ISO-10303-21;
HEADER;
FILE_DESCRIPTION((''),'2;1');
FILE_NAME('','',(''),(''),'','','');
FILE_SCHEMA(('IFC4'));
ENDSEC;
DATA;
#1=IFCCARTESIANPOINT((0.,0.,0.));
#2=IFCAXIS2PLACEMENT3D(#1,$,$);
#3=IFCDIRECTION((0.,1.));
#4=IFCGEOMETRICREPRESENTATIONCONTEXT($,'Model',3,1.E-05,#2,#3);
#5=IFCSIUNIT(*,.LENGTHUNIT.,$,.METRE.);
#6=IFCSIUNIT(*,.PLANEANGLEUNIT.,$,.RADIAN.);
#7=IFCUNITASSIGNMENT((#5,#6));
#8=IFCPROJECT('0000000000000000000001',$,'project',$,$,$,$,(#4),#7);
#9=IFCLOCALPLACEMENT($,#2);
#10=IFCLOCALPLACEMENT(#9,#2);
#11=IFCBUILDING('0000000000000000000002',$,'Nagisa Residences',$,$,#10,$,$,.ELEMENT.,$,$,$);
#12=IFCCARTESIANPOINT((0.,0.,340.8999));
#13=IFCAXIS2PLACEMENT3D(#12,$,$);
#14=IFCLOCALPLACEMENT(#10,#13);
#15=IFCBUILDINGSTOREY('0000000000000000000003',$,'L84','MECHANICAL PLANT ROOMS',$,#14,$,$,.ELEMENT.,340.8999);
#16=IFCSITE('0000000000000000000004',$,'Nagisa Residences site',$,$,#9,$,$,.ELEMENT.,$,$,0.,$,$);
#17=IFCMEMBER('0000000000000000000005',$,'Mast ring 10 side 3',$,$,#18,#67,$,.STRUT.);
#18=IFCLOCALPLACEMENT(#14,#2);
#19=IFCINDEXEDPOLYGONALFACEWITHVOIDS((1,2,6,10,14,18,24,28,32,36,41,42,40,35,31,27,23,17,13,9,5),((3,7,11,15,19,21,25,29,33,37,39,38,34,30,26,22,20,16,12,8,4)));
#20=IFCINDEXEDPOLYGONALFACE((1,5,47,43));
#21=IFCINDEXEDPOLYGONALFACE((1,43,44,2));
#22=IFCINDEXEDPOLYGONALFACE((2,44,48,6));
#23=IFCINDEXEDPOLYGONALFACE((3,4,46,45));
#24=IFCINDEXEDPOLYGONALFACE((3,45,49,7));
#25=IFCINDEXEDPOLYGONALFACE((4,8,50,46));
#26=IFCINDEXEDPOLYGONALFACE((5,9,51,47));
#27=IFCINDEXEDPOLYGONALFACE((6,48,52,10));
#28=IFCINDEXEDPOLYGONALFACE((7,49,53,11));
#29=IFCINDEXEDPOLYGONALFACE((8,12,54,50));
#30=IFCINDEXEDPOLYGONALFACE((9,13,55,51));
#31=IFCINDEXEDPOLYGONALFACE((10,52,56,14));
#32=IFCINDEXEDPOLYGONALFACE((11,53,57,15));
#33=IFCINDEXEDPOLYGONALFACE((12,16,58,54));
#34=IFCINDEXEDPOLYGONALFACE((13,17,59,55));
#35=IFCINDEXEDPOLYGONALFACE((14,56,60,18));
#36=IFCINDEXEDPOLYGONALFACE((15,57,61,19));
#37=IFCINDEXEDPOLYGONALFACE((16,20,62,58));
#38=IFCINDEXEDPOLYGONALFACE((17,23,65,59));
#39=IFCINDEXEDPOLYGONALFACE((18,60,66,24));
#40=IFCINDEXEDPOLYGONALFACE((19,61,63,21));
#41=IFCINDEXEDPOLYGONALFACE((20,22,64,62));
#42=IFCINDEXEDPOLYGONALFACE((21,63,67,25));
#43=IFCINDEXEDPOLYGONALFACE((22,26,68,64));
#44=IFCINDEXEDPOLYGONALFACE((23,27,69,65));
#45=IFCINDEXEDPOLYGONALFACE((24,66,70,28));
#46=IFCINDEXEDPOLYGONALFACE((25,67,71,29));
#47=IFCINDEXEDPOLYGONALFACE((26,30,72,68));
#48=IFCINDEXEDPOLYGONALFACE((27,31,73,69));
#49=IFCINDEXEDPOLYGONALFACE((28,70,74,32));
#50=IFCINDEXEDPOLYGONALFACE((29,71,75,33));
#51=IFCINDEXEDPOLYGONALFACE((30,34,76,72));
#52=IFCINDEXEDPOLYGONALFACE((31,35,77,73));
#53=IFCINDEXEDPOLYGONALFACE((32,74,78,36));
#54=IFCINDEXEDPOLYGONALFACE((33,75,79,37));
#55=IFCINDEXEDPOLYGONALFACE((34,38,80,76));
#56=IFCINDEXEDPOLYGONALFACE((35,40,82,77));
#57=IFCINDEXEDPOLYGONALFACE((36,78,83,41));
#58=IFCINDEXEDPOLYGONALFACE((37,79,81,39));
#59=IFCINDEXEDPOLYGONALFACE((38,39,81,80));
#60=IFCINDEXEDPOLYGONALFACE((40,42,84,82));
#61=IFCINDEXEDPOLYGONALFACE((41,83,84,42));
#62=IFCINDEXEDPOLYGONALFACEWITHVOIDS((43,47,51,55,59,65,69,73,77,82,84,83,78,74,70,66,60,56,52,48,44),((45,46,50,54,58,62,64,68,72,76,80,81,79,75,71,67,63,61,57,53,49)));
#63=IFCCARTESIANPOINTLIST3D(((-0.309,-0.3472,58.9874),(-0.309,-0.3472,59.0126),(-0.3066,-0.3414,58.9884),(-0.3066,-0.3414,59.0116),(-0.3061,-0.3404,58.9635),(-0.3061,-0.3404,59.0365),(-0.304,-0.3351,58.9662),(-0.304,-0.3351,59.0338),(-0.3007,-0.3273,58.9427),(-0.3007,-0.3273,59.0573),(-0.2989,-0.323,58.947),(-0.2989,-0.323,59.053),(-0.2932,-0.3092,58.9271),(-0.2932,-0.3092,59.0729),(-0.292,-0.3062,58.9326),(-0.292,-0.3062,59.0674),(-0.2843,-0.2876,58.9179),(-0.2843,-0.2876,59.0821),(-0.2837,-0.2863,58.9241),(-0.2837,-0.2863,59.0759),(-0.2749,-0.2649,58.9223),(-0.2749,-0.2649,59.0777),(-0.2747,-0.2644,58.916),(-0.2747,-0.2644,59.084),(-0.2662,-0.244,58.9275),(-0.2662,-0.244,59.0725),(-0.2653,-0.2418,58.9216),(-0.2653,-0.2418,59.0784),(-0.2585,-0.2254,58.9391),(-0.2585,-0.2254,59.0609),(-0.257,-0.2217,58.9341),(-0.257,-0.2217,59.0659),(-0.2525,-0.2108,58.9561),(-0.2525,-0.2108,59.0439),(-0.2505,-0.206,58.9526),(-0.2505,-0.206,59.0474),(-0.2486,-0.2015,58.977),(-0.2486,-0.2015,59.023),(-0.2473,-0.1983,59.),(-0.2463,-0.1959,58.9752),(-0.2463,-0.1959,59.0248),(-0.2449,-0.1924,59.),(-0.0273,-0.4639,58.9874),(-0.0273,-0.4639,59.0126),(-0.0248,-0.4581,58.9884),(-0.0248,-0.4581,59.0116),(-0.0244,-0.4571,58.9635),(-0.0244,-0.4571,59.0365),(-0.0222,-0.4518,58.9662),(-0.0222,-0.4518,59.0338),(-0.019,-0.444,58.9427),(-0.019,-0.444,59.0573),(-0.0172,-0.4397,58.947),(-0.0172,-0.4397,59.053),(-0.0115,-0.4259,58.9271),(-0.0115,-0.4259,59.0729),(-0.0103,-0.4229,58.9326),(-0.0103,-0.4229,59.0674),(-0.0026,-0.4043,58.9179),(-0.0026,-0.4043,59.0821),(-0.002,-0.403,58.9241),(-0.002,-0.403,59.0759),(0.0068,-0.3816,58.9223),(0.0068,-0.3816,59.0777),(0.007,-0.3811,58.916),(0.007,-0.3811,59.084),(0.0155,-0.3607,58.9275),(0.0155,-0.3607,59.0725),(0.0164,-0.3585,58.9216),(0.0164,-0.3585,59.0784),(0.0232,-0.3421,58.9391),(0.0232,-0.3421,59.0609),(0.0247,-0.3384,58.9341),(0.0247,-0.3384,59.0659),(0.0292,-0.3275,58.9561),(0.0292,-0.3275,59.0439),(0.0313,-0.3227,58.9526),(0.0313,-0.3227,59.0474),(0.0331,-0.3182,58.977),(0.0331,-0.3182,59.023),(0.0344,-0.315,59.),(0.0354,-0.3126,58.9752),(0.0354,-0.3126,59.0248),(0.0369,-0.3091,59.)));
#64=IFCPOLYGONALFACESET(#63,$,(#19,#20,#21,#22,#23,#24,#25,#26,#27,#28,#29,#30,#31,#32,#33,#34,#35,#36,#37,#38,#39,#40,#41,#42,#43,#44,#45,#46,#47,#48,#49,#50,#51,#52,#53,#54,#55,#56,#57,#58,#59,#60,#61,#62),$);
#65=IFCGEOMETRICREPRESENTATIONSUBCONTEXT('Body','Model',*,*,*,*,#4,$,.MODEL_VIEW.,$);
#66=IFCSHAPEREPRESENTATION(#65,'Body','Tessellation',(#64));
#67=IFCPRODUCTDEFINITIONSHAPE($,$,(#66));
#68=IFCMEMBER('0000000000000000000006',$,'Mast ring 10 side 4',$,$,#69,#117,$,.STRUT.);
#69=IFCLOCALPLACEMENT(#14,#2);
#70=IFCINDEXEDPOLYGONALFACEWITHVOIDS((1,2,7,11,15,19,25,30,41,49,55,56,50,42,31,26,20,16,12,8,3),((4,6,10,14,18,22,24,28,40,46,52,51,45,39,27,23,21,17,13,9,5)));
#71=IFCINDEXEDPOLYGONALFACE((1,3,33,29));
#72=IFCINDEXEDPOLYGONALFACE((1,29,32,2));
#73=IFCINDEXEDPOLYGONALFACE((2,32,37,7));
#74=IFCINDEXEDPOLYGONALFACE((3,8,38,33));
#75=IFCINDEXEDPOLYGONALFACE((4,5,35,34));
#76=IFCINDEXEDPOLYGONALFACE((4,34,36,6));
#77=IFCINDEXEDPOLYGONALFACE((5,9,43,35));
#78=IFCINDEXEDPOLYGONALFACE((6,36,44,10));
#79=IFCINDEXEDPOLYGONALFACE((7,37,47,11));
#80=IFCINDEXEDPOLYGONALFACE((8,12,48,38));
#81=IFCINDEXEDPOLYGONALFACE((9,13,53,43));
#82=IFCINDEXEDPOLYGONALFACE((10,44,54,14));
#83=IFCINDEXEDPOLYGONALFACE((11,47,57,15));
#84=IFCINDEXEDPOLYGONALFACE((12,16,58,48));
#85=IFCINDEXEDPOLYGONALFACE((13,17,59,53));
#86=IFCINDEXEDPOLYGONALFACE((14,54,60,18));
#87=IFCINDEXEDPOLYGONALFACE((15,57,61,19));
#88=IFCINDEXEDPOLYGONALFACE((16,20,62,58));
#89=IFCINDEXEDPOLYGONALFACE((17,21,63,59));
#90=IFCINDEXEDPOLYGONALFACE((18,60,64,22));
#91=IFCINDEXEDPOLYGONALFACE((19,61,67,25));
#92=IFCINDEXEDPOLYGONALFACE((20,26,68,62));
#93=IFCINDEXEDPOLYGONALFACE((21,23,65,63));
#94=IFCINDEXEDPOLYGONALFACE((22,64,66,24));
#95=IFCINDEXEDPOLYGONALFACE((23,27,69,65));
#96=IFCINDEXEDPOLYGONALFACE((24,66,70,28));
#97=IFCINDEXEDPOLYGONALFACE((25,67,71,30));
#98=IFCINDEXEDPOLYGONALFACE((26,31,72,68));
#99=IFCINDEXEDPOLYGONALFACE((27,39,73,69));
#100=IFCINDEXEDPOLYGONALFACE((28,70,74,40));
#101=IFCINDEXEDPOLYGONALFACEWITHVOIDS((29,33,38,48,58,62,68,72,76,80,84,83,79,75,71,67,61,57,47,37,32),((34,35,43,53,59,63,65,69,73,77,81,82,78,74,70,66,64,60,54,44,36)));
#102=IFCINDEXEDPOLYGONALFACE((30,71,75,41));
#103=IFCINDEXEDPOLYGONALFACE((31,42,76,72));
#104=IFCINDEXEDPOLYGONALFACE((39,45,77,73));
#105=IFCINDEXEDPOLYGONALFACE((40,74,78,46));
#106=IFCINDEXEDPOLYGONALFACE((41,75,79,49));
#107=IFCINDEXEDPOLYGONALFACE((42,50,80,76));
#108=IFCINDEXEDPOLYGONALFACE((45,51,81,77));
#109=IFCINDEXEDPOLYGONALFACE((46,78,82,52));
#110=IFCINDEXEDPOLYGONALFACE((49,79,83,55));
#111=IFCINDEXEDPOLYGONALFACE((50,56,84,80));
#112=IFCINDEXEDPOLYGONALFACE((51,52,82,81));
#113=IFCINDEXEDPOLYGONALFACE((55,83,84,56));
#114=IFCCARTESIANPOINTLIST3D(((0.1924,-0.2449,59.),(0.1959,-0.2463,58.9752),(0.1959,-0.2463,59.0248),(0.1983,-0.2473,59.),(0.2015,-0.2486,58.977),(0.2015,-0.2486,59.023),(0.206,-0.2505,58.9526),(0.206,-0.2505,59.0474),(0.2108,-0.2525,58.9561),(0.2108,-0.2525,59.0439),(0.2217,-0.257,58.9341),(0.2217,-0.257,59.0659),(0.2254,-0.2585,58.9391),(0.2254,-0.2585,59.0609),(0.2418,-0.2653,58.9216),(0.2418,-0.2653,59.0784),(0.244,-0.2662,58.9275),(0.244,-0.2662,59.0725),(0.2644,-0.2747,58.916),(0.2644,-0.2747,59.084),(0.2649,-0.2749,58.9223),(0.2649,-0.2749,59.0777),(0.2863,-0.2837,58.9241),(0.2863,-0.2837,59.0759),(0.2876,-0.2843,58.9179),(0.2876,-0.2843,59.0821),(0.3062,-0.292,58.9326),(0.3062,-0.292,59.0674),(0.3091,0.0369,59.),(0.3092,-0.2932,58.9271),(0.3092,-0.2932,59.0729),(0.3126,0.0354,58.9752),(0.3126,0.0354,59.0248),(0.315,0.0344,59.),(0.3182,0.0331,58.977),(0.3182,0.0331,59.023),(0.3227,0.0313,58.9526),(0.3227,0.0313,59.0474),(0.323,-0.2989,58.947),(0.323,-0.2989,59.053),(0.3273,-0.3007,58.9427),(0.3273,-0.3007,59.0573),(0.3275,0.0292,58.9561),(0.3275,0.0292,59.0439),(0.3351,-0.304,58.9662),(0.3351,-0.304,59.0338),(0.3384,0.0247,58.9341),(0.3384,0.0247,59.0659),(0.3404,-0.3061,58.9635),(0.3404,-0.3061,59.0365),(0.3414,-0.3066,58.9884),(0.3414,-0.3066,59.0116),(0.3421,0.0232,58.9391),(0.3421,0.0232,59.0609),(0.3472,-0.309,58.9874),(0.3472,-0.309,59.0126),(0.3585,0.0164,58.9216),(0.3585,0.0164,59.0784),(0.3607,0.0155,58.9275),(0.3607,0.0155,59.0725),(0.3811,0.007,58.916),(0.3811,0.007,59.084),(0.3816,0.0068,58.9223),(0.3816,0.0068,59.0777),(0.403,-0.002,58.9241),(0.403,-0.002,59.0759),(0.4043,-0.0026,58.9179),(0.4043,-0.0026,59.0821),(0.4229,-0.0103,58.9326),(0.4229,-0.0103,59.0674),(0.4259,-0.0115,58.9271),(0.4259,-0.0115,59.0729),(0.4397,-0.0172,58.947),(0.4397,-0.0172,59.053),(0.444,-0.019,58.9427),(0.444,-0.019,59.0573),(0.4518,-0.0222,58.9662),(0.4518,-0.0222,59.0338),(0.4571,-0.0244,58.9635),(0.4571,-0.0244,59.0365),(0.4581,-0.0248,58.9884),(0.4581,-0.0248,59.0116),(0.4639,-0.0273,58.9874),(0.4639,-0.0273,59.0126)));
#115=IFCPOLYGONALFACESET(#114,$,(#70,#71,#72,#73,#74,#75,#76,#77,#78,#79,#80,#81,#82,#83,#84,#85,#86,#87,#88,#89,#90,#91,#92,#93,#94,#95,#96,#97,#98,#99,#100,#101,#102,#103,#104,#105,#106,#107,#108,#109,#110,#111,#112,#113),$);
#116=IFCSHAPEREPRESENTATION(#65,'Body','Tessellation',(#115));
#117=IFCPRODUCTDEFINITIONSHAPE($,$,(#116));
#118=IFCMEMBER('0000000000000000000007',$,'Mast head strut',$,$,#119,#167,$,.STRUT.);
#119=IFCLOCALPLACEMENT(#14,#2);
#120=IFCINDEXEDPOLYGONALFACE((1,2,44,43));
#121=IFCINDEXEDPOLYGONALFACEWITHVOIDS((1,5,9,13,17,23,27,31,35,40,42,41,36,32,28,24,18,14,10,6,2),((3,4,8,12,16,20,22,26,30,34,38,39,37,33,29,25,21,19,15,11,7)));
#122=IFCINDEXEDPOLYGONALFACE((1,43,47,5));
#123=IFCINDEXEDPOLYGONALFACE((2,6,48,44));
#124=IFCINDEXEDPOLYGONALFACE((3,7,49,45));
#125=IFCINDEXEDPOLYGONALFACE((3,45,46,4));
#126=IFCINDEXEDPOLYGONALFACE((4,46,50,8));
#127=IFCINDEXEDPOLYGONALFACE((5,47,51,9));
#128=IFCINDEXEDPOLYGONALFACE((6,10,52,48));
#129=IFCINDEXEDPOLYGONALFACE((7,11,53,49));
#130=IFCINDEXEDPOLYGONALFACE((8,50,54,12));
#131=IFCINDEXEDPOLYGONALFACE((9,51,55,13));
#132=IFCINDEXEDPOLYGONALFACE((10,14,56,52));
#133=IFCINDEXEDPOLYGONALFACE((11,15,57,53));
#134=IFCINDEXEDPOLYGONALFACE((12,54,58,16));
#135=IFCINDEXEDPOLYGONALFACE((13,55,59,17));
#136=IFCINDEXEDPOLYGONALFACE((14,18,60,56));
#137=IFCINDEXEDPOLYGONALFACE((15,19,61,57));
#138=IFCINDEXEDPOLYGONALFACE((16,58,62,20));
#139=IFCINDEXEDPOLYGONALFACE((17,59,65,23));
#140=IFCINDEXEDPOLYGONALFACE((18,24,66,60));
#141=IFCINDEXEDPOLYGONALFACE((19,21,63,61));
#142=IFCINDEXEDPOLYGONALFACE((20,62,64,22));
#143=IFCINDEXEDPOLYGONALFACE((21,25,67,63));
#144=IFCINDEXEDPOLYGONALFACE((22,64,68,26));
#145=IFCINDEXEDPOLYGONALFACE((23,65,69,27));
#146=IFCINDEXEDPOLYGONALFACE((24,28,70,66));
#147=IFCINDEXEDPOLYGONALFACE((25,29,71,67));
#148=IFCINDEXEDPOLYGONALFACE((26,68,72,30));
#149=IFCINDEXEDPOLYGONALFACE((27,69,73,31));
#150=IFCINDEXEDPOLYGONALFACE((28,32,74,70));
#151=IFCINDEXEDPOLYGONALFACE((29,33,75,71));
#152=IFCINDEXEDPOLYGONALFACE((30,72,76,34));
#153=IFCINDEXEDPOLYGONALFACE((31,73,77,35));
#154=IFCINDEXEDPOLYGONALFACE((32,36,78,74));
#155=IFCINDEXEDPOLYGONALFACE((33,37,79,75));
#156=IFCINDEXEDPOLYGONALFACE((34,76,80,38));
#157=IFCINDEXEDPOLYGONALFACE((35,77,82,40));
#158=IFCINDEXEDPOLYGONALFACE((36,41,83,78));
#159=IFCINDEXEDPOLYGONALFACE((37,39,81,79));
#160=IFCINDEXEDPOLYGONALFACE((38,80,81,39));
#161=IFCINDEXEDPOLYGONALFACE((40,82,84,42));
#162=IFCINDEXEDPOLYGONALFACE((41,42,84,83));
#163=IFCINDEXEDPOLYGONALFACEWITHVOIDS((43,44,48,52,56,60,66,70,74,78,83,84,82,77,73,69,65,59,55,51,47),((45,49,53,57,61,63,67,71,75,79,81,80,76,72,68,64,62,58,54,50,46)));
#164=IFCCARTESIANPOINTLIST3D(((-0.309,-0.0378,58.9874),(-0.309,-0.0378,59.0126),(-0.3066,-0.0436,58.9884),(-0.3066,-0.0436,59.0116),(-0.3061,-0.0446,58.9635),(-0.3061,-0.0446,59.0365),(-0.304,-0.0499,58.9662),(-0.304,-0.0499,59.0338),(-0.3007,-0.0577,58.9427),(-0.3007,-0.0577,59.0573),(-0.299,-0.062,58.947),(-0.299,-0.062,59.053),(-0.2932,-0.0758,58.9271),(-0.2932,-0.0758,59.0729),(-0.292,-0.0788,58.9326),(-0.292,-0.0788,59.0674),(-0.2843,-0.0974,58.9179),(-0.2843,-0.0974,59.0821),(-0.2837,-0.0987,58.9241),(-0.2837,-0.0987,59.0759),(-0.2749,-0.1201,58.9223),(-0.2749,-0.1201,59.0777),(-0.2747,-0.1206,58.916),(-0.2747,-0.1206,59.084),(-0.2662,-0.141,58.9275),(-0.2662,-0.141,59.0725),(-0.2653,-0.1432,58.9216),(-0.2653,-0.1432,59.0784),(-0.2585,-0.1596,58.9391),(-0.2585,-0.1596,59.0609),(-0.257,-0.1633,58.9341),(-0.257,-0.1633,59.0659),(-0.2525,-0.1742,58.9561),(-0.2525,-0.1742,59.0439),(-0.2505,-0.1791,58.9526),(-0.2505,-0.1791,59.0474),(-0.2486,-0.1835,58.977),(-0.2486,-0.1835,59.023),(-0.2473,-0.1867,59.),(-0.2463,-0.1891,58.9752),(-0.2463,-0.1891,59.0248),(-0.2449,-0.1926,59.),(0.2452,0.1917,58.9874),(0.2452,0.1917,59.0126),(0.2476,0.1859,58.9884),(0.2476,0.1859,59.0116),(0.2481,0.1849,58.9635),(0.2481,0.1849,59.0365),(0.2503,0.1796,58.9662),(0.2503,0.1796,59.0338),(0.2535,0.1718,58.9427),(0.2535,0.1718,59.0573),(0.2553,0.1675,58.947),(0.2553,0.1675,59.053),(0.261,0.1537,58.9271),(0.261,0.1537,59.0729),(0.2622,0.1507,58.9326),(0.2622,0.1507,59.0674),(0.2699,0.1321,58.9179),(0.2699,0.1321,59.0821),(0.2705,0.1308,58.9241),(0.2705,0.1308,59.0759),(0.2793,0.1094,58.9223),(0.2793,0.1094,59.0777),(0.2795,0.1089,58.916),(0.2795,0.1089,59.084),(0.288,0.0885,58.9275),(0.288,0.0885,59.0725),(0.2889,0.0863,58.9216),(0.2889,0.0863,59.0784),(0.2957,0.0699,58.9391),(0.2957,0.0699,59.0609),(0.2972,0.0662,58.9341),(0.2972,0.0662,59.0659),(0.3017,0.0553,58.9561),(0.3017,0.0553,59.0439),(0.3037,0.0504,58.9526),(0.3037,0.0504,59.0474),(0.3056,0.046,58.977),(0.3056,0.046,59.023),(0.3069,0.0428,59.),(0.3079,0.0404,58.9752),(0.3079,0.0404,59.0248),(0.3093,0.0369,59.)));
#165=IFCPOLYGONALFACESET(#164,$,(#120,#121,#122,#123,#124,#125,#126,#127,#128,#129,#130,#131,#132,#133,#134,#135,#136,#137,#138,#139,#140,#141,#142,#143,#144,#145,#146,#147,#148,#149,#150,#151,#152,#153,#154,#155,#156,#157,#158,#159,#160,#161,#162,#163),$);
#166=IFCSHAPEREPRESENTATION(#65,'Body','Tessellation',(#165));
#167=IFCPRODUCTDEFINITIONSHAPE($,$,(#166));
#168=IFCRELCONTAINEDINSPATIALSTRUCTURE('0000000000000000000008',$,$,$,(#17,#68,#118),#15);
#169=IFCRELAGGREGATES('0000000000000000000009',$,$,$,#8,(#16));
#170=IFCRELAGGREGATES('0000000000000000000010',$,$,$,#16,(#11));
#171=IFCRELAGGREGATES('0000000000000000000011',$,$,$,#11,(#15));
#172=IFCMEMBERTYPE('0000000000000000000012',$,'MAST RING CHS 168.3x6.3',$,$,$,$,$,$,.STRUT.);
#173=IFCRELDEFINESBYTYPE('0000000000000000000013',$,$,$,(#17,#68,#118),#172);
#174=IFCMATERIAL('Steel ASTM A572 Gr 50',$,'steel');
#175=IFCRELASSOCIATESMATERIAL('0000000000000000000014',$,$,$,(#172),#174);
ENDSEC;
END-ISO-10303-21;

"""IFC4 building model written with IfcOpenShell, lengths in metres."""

from ifc_helpers import new_model, si_unit, direction, frame, origin, origin_2d, place, context, subcontext, project, spatial, hollow_circle, extrude, material, material_profile, profile_set, type_object, element, save


model = new_model("IFC4")

# Units and contexts
model_context = context("Model", 3, precision=1e-05, world=origin(), true_north=direction((0.0, 1.0)))
body_context = subcontext(model_context, "Body", "Model", "MODEL_VIEW")
ifc_project = project(units=[si_unit("LENGTHUNIT", "METRE"), si_unit("PLANEANGLEUNIT", "RADIAN")], contexts=[model_context])

# Site, building, storey
site_placement = place(None, origin())
site = spatial("IfcSite", under=ifc_project, at=site_placement, Name="Nagisa Residences site", CompositionType="ELEMENT", RefElevation=0.0)
building_placement = place(site_placement, origin())
building = spatial("IfcBuilding", under=site, at=building_placement, Name="Nagisa Residences", CompositionType="ELEMENT")
storey_placement = place(building_placement, frame((0.0, 0.0, 340.8999)))
storey = spatial("IfcBuildingStorey", under=building, at=storey_placement, Name="L84", Description="MECHANICAL PLANT ROOMS", CompositionType="ELEMENT", Elevation=340.8999)

# Members
ifc_material_1 = material(Name="Steel ASTM A572 Gr 50", Category="steel")
ifc_material_profile_1 = material_profile(ifc_material_1, hollow_circle(Radius=0.0842, WallThickness=0.0063, at=origin_2d()), Name="MAST RING CHS 168.3x6.3")
ifc_profile_set_1 = profile_set([ifc_material_profile_1], Name="Steel ASTM A572 Gr 50")
member_type_1 = type_object("IfcMemberType", Name="MAST RING CHS 168.3x6.3", PredefinedType="STRUT", material=ifc_profile_set_1)
for number, where, z_axis, x_axis, name in (
    (1, (-0.2771, -0.2703, 59.0), (0.92388, -0.382682, 0.0), (0.382682, 0.92388, 0.0), "Mast ring 10 side 3"),
    (2, (0.2703, -0.2771, 59.0), (0.382682, 0.92388, 0.0), (-0.92388, 0.382682, 0.0), "Mast ring 10 side 4"),
):
    element("IfcMember", number, at=place(storey_placement, frame(where, z_axis=z_axis, x_axis=x_axis)), inside=storey, type_object=member_type_1, Name=name, PredefinedType="STRUT", context=body_context, shape_type="SweptSolid", body=[
        extrude(hollow_circle(Radius=0.0842, WallThickness=0.0063, at=origin_2d()), origin(), (0.0, 0.0, 1.0), 0.3049),
    ])
member_1_placement = place(storey_placement, frame((0.2771, 0.1147, 59.0), z_axis=(-0.923918, -0.382591, 0.0), x_axis=(0.382591, -0.923918, 0.0)))
element("IfcMember", 3, at=member_1_placement, inside=storey, type_object=member_type_1, Name="Mast head strut", PredefinedType="STRUT", context=body_context, shape_type="SweptSolid", body=[
    extrude(hollow_circle(Radius=0.0842, WallThickness=0.0063, at=origin_2d()), origin(), (0.0, 0.0, 1.0), 0.5999),
])

save(model, "model.ifc")
